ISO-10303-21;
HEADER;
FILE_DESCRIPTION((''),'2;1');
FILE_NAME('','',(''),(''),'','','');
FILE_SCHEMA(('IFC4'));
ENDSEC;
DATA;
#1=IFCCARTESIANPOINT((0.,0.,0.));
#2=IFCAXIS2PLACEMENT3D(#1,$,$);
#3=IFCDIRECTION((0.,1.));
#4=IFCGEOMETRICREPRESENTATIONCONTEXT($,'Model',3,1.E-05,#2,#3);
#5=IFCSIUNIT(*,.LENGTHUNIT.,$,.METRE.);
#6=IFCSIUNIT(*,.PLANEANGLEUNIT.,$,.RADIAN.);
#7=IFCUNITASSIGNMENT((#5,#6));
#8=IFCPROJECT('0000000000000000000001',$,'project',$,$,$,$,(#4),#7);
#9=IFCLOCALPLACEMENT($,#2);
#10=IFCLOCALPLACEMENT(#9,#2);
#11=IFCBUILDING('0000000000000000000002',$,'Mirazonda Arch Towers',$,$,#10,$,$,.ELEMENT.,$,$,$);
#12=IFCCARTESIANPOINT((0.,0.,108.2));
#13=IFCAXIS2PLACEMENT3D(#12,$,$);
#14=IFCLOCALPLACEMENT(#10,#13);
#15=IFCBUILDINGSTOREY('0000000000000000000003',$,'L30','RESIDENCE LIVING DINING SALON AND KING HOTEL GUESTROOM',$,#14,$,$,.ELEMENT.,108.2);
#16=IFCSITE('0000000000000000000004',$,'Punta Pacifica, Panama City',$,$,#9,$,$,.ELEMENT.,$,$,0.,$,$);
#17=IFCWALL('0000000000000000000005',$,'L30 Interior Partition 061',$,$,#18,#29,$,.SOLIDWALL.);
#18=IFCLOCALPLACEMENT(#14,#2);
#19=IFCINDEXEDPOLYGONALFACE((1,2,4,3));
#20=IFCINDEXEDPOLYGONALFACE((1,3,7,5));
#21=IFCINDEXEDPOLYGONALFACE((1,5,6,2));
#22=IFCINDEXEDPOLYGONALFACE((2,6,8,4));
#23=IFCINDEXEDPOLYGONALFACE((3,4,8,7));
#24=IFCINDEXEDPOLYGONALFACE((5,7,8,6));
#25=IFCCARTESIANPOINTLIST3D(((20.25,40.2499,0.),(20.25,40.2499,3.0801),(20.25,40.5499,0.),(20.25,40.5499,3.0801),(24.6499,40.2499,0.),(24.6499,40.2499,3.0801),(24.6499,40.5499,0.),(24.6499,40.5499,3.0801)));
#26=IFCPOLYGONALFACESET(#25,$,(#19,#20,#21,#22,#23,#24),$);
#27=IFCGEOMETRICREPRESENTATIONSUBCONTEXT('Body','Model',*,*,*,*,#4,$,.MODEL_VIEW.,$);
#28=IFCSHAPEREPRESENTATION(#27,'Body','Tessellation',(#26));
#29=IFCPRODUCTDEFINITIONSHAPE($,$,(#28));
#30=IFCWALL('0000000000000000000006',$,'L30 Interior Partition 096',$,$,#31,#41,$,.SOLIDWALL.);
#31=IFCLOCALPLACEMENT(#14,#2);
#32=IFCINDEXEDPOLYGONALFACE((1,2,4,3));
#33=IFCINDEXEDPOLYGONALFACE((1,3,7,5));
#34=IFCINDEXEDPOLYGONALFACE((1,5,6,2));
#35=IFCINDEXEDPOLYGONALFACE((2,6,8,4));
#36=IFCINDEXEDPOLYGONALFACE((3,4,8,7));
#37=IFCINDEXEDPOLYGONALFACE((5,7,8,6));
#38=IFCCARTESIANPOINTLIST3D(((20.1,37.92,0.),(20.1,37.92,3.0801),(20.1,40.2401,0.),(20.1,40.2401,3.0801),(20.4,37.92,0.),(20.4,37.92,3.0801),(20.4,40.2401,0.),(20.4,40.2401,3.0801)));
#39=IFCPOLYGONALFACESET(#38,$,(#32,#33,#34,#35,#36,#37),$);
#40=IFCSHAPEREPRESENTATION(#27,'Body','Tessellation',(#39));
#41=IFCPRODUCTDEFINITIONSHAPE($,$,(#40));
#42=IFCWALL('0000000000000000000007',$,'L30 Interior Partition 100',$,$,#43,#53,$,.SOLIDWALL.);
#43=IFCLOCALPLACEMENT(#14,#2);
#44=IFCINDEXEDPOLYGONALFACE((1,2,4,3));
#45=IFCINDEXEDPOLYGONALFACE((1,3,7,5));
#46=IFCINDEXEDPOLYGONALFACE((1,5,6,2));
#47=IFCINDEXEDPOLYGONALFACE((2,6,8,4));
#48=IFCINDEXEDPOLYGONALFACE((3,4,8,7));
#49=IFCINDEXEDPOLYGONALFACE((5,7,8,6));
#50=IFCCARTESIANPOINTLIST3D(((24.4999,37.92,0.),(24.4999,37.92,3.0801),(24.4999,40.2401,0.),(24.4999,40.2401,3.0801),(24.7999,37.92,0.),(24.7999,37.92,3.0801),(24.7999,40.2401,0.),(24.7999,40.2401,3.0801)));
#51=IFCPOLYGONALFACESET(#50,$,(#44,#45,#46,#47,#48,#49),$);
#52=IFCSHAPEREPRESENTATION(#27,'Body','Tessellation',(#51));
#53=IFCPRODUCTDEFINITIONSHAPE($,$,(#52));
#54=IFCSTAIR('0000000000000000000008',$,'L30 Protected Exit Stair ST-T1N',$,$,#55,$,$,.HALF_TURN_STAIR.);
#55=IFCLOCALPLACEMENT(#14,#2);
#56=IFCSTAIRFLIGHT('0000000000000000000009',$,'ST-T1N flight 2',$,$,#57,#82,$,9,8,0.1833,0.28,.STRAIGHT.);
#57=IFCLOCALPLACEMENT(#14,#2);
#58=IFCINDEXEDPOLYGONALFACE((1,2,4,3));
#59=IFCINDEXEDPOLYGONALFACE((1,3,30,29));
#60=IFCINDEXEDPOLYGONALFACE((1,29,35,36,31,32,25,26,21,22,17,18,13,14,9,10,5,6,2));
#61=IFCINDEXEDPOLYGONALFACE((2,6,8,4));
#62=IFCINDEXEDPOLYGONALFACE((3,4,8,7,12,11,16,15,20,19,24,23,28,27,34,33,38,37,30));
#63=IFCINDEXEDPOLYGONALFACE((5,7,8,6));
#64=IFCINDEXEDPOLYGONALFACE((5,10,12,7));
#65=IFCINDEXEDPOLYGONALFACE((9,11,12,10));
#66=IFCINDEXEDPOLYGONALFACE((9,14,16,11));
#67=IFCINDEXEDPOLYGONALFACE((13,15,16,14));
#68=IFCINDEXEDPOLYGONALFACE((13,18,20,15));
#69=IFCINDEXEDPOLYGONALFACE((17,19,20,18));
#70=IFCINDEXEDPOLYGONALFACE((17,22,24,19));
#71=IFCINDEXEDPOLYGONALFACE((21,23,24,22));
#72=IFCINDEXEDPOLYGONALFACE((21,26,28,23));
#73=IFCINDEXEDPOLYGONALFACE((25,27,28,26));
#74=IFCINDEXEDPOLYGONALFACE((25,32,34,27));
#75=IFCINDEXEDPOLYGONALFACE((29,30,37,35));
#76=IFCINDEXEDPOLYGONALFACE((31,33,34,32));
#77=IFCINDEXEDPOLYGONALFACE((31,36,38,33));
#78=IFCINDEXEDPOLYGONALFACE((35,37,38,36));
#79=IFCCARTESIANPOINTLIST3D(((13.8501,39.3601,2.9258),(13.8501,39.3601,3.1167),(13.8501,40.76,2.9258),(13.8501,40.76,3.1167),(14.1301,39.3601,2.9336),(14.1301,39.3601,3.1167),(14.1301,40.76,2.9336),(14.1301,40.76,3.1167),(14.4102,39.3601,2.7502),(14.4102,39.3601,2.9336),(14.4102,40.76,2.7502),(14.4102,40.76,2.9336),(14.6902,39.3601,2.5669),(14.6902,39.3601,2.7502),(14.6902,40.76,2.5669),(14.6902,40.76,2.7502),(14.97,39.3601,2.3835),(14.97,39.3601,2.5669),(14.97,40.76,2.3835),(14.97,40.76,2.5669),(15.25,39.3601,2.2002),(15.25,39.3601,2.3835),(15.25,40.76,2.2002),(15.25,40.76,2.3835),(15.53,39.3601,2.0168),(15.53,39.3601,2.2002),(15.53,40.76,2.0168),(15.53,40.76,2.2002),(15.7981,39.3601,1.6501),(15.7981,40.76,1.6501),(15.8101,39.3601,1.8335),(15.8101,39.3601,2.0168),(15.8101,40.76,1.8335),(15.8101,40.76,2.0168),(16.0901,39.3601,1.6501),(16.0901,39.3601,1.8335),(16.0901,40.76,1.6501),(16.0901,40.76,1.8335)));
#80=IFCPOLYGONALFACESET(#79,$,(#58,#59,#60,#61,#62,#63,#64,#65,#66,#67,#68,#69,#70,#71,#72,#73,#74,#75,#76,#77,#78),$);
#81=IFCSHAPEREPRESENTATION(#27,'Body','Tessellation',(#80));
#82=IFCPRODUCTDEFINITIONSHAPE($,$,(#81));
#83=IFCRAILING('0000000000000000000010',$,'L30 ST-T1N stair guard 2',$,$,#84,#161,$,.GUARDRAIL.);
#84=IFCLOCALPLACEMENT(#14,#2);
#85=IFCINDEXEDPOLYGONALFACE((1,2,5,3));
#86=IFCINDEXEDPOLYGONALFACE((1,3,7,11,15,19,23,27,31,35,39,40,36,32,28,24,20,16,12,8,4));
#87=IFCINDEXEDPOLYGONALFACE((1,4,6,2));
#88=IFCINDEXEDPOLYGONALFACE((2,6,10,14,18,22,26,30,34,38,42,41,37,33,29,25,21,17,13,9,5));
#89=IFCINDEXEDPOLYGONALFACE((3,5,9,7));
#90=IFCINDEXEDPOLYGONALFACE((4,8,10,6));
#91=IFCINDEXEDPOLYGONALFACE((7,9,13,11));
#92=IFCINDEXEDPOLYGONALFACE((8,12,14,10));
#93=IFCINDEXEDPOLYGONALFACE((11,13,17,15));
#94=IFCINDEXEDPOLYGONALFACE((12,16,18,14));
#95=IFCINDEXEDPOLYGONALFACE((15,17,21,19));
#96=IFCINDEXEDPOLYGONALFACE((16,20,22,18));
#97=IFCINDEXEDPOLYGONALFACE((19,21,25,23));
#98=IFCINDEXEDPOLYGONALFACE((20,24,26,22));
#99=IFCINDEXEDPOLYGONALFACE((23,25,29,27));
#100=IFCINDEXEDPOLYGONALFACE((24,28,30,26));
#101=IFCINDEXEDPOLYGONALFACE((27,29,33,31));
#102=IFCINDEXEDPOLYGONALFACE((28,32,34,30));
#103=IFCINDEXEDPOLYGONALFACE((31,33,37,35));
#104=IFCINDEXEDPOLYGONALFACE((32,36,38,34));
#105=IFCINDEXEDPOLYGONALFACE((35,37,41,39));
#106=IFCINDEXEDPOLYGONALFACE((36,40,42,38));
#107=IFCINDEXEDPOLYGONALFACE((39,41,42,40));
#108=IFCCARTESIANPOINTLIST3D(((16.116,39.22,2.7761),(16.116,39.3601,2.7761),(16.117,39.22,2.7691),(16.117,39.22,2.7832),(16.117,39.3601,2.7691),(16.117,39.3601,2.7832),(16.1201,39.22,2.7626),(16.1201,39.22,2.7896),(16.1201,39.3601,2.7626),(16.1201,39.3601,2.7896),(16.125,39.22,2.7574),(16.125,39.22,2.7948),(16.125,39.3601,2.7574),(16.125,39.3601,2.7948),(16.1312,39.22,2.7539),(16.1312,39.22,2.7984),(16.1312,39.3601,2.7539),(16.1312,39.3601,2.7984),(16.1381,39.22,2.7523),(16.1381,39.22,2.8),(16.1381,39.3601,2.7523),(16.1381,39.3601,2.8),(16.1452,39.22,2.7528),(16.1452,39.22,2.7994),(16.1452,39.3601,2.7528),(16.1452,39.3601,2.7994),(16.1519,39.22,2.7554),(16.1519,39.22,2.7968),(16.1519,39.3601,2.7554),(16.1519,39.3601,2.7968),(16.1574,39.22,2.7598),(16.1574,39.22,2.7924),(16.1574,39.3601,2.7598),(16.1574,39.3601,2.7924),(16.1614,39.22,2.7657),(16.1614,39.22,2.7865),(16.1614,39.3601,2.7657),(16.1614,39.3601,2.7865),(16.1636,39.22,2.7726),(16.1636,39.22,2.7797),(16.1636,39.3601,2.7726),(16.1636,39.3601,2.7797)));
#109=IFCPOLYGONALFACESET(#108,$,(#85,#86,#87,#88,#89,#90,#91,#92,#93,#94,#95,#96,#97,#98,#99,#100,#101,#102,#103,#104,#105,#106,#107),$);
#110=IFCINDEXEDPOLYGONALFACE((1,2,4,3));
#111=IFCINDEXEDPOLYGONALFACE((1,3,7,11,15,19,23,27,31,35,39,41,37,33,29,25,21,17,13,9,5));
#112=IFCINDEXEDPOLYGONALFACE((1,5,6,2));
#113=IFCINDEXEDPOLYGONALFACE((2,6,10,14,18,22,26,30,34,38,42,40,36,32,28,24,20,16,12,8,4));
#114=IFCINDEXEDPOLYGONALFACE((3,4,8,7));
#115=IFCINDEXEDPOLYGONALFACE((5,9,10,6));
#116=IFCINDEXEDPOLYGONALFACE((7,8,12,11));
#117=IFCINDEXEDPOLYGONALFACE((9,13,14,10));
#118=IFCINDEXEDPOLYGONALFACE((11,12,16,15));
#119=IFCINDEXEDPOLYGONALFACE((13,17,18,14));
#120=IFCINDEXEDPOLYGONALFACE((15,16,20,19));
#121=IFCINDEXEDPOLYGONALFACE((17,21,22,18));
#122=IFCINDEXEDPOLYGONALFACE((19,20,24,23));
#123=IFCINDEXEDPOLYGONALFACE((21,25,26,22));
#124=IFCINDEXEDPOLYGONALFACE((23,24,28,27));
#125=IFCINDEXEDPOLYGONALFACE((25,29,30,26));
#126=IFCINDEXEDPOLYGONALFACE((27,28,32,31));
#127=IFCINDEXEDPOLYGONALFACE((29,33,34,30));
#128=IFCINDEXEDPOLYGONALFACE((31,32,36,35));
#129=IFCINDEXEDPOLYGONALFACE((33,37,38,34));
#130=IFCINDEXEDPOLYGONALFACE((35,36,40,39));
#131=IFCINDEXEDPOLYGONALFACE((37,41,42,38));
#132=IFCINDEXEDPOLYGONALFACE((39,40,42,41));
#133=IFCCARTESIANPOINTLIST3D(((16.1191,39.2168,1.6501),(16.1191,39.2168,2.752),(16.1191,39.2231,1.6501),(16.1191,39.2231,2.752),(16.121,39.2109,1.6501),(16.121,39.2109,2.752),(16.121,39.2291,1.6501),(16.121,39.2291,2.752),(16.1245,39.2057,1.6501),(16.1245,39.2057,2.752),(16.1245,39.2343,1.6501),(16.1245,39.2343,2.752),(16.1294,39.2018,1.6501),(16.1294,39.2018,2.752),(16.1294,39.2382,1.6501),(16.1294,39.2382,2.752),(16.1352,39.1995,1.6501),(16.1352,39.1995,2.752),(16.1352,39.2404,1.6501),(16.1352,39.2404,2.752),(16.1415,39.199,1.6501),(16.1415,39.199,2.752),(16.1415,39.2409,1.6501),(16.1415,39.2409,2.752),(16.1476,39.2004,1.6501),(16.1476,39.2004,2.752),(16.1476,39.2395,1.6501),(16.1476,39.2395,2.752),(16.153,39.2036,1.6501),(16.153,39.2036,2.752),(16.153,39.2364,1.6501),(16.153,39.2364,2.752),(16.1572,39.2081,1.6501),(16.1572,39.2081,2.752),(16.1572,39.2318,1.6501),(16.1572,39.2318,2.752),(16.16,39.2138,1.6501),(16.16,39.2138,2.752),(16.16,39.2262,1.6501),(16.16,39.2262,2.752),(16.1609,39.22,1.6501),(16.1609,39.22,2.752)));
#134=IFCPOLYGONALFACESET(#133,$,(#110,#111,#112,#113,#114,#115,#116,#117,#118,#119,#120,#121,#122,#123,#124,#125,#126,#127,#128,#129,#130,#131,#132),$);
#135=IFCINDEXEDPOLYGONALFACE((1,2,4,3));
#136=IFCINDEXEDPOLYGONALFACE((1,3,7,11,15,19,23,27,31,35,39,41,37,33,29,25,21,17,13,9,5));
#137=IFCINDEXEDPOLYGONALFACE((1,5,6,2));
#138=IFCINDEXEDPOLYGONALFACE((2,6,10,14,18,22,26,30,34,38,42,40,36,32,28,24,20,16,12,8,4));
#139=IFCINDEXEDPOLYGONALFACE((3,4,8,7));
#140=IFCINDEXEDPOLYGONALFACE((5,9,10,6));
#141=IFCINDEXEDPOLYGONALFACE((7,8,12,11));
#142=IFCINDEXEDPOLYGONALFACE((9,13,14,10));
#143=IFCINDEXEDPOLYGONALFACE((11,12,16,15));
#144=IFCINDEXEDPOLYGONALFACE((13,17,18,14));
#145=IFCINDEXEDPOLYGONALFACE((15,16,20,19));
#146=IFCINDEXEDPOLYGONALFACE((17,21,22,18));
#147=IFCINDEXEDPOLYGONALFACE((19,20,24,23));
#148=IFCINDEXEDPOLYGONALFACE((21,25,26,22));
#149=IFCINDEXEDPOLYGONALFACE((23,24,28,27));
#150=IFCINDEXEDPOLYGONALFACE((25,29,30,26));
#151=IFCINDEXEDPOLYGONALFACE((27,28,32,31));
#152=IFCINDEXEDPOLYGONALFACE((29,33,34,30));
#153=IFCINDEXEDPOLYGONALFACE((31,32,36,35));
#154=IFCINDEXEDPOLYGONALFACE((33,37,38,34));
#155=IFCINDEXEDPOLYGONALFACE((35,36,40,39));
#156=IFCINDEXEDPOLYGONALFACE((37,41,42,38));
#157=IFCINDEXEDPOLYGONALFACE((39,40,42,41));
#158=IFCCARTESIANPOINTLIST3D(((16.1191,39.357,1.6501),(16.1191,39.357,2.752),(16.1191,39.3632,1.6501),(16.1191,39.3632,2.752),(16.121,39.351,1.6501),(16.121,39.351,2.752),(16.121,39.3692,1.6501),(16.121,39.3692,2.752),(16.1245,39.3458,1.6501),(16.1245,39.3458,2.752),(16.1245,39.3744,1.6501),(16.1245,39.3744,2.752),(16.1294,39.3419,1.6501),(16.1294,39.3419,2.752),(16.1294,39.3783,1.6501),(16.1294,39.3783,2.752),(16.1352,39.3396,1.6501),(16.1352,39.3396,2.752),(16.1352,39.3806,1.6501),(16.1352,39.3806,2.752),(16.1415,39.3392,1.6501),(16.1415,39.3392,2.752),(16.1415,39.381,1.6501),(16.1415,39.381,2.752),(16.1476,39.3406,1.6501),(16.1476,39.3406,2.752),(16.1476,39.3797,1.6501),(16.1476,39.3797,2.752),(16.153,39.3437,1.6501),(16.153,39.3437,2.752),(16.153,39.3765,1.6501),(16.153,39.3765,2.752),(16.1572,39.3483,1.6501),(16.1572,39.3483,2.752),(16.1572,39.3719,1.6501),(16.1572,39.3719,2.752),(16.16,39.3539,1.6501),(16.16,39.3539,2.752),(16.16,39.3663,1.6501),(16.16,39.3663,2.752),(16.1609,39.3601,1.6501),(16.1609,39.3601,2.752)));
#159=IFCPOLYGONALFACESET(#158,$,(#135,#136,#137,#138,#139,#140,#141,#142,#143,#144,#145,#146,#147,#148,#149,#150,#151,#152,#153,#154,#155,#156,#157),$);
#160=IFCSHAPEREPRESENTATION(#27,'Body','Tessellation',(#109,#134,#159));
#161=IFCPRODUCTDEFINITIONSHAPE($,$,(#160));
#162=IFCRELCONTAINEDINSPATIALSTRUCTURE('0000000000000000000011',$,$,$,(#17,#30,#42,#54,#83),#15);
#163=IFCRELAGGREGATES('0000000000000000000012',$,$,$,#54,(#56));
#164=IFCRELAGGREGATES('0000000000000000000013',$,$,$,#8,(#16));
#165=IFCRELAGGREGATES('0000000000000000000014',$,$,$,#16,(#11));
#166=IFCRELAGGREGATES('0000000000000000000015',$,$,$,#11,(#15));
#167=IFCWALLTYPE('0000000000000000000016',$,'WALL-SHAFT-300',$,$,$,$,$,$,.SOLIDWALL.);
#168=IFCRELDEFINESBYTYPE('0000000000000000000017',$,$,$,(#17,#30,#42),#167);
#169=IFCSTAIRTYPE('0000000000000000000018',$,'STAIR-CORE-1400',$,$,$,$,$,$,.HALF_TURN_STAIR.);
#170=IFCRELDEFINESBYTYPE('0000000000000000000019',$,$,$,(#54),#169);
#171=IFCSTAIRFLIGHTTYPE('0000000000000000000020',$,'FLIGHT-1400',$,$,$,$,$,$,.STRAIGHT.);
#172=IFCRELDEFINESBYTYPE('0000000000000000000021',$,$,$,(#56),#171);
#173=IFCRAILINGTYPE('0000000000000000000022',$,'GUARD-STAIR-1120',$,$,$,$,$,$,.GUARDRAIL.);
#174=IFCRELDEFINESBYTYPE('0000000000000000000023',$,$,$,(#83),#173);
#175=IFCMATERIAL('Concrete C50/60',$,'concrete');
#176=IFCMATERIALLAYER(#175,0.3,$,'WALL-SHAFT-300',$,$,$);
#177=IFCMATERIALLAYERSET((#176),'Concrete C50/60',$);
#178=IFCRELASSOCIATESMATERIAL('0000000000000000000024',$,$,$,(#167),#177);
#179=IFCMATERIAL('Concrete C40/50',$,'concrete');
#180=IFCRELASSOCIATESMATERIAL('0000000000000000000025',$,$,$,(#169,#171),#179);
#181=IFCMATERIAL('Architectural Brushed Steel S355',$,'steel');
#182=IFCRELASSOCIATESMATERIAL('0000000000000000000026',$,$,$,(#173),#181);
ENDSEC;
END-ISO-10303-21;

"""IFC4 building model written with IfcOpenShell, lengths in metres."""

from ifc_helpers import new_model, si_unit, direction, frame, frame_2d, origin, origin_2d, place, context, subcontext, project, spatial, polyline, rectangle, circle, outline, extrude, material, layer, layer_set, type_object, element, aggregate, save


model = new_model("IFC4")

# Units and contexts
model_context = context("Model", 3, precision=1e-05, world=origin(), true_north=direction((0.0, 1.0)))
body_context = subcontext(model_context, "Body", "Model", "MODEL_VIEW")
ifc_project = project(units=[si_unit("LENGTHUNIT", "METRE"), si_unit("PLANEANGLEUNIT", "RADIAN")], contexts=[model_context])

# Site, building, storey
site_placement = place(None, origin())
site = spatial("IfcSite", under=ifc_project, at=site_placement, Name="Punta Pacifica, Panama City", CompositionType="ELEMENT", RefElevation=0.0)
building_placement = place(site_placement, origin())
building = spatial("IfcBuilding", under=site, at=building_placement, Name="Mirazonda Arch Towers", CompositionType="ELEMENT")
storey_placement = place(building_placement, frame((0.0, 0.0, 108.2)))
storey = spatial("IfcBuildingStorey", under=building, at=storey_placement, Name="L30", Description="RESIDENCE LIVING DINING SALON AND KING HOTEL GUESTROOM", CompositionType="ELEMENT", Elevation=108.2)

# Shared definitions
ifc_material_1 = material(Name="Concrete C50/60", Category="concrete")

# Shared definitions
ifc_material_2 = material(Name="Concrete C40/50", Category="concrete")

# Shared definitions
ifc_material_3 = material(Name="Architectural Brushed Steel S355", Category="steel")

# Walls
ifc_layer_1 = layer(ifc_material_1, 0.3, Name="WALL-SHAFT-300")
ifc_layer_set_1 = layer_set([ifc_layer_1], Name="Concrete C50/60")
wall_type_1 = type_object("IfcWallType", Name="WALL-SHAFT-300", PredefinedType="SOLIDWALL", material=ifc_layer_set_1)
wall_1_placement = place(storey_placement, frame((20.25, 40.3999, 0.0), z_axis=(0.0, 0.0, 1.0), x_axis=(1.0, 0.0, 0.0)))
element("IfcWall", 1, at=wall_1_placement, inside=storey, type_object=wall_type_1, Name="L30 Interior Partition 061", PredefinedType="SOLIDWALL", context=body_context, shape_type="SweptSolid", body=[
    extrude(rectangle(XDim=4.3999, YDim=0.3, at=frame_2d((2.2, 0.0))), origin(), (0.0, 0.0, 1.0), 3.0801),
])
for number, where, z_axis, x_axis, name in (
    (2, (20.25, 37.9199, 0.0), (0.0, 0.0, 1.0), (0.0, 1.0, 0.0), "L30 Interior Partition 096"),
    (3, (24.6499, 37.9199, 0.0), (0.0, 0.0, 1.0), (0.0, 1.0, 0.0), "L30 Interior Partition 100"),
):
    element("IfcWall", number, at=place(storey_placement, frame(where, z_axis=z_axis, x_axis=x_axis)), inside=storey, type_object=wall_type_1, Name=name, PredefinedType="SOLIDWALL", context=body_context, shape_type="SweptSolid", body=[
        extrude(rectangle(XDim=2.3201, YDim=0.3, at=frame_2d((1.1602, 0.0))), origin(), (0.0, 0.0, 1.0), 3.0801),
    ])

# Stair, stair flight
stair_type = type_object("IfcStairType", Name="STAIR-CORE-1400", PredefinedType="HALF_TURN_STAIR", material=ifc_material_2)
stair_placement = place(storey_placement, origin())
stair = element("IfcStair", 4, at=stair_placement, inside=storey, type_object=stair_type, Name="L30 Protected Exit Stair ST-T1N", PredefinedType="HALF_TURN_STAIR")
stair_flight_type = type_object("IfcStairFlightType", Name="FLIGHT-1400", PredefinedType="STRAIGHT", material=ifc_material_2)
stair_flight_placement = place(storey_placement, frame((16.0901, 40.0601, 1.6501), z_axis=(0.0, 0.0, 1.0), x_axis=(-1.0, 0.0, 0.0)))
stair_flight = element("IfcStairFlight", 5, at=stair_flight_placement, type_object=stair_flight_type, Name="ST-T1N flight 2", NumberOfRisers=9, NumberOfTreads=8, PredefinedType="STRAIGHT", RiserHeight=0.1833, TreadLength=0.28, context=body_context, shape_type="SweptSolid", body=[
    extrude(outline(polyline([(0.0, 0.0), (0.0, 0.1833), (0.28, 0.1833), (0.28, 0.3667), (0.5601, 0.3667), (0.5601, 0.55), (0.8401, 0.55), (0.8401, 0.7334), (1.1201, 0.7334), (1.1201, 0.9167), (1.3999, 0.9167), (1.3999, 1.1001), (1.6799, 1.1001), (1.6799, 1.2834), (1.96, 1.2834), (1.96, 1.4666), (2.24, 1.4666), (2.24, 1.6499), (2.24, 1.2756), (0.292, 0.0), (0.0, 0.0)])), frame((0.0, 0.7, 0.0), z_axis=(0.0, -1.0, 0.0), x_axis=(1.0, 0.0, 0.0)), (0.0, 0.0, 1.0), 1.3999),
])
aggregate(stair, [stair_flight])

# Railing
railing_type_1 = type_object("IfcRailingType", Name="GUARD-STAIR-1120", PredefinedType="GUARDRAIL", material=ifc_material_3)
railing_1_placement = place(storey_placement, frame((16.1399, 39.22, 1.6501)))
element("IfcRailing", 6, at=railing_1_placement, inside=storey, type_object=railing_type_1, Name="L30 ST-T1N stair guard 2", PredefinedType="GUARDRAIL", context=body_context, shape_type="SweptSolid", body=[
    extrude(circle(Radius=0.0239, at=origin_2d()), frame((0.0, 0.0, 1.126), z_axis=(0.0, 1.0, 0.0), x_axis=(-1.0, 0.0, 0.0)), (0.0, 0.0, 1.0), 0.1401),
    extrude(circle(Radius=0.021, at=origin_2d()), origin(), (0.0, 0.0, 1.0), 1.1018),
    extrude(circle(Radius=0.021, at=origin_2d()), frame((0.0, 0.1401, 0.0)), (0.0, 0.0, 1.0), 1.1018),
])

save(model, "model.ifc")
